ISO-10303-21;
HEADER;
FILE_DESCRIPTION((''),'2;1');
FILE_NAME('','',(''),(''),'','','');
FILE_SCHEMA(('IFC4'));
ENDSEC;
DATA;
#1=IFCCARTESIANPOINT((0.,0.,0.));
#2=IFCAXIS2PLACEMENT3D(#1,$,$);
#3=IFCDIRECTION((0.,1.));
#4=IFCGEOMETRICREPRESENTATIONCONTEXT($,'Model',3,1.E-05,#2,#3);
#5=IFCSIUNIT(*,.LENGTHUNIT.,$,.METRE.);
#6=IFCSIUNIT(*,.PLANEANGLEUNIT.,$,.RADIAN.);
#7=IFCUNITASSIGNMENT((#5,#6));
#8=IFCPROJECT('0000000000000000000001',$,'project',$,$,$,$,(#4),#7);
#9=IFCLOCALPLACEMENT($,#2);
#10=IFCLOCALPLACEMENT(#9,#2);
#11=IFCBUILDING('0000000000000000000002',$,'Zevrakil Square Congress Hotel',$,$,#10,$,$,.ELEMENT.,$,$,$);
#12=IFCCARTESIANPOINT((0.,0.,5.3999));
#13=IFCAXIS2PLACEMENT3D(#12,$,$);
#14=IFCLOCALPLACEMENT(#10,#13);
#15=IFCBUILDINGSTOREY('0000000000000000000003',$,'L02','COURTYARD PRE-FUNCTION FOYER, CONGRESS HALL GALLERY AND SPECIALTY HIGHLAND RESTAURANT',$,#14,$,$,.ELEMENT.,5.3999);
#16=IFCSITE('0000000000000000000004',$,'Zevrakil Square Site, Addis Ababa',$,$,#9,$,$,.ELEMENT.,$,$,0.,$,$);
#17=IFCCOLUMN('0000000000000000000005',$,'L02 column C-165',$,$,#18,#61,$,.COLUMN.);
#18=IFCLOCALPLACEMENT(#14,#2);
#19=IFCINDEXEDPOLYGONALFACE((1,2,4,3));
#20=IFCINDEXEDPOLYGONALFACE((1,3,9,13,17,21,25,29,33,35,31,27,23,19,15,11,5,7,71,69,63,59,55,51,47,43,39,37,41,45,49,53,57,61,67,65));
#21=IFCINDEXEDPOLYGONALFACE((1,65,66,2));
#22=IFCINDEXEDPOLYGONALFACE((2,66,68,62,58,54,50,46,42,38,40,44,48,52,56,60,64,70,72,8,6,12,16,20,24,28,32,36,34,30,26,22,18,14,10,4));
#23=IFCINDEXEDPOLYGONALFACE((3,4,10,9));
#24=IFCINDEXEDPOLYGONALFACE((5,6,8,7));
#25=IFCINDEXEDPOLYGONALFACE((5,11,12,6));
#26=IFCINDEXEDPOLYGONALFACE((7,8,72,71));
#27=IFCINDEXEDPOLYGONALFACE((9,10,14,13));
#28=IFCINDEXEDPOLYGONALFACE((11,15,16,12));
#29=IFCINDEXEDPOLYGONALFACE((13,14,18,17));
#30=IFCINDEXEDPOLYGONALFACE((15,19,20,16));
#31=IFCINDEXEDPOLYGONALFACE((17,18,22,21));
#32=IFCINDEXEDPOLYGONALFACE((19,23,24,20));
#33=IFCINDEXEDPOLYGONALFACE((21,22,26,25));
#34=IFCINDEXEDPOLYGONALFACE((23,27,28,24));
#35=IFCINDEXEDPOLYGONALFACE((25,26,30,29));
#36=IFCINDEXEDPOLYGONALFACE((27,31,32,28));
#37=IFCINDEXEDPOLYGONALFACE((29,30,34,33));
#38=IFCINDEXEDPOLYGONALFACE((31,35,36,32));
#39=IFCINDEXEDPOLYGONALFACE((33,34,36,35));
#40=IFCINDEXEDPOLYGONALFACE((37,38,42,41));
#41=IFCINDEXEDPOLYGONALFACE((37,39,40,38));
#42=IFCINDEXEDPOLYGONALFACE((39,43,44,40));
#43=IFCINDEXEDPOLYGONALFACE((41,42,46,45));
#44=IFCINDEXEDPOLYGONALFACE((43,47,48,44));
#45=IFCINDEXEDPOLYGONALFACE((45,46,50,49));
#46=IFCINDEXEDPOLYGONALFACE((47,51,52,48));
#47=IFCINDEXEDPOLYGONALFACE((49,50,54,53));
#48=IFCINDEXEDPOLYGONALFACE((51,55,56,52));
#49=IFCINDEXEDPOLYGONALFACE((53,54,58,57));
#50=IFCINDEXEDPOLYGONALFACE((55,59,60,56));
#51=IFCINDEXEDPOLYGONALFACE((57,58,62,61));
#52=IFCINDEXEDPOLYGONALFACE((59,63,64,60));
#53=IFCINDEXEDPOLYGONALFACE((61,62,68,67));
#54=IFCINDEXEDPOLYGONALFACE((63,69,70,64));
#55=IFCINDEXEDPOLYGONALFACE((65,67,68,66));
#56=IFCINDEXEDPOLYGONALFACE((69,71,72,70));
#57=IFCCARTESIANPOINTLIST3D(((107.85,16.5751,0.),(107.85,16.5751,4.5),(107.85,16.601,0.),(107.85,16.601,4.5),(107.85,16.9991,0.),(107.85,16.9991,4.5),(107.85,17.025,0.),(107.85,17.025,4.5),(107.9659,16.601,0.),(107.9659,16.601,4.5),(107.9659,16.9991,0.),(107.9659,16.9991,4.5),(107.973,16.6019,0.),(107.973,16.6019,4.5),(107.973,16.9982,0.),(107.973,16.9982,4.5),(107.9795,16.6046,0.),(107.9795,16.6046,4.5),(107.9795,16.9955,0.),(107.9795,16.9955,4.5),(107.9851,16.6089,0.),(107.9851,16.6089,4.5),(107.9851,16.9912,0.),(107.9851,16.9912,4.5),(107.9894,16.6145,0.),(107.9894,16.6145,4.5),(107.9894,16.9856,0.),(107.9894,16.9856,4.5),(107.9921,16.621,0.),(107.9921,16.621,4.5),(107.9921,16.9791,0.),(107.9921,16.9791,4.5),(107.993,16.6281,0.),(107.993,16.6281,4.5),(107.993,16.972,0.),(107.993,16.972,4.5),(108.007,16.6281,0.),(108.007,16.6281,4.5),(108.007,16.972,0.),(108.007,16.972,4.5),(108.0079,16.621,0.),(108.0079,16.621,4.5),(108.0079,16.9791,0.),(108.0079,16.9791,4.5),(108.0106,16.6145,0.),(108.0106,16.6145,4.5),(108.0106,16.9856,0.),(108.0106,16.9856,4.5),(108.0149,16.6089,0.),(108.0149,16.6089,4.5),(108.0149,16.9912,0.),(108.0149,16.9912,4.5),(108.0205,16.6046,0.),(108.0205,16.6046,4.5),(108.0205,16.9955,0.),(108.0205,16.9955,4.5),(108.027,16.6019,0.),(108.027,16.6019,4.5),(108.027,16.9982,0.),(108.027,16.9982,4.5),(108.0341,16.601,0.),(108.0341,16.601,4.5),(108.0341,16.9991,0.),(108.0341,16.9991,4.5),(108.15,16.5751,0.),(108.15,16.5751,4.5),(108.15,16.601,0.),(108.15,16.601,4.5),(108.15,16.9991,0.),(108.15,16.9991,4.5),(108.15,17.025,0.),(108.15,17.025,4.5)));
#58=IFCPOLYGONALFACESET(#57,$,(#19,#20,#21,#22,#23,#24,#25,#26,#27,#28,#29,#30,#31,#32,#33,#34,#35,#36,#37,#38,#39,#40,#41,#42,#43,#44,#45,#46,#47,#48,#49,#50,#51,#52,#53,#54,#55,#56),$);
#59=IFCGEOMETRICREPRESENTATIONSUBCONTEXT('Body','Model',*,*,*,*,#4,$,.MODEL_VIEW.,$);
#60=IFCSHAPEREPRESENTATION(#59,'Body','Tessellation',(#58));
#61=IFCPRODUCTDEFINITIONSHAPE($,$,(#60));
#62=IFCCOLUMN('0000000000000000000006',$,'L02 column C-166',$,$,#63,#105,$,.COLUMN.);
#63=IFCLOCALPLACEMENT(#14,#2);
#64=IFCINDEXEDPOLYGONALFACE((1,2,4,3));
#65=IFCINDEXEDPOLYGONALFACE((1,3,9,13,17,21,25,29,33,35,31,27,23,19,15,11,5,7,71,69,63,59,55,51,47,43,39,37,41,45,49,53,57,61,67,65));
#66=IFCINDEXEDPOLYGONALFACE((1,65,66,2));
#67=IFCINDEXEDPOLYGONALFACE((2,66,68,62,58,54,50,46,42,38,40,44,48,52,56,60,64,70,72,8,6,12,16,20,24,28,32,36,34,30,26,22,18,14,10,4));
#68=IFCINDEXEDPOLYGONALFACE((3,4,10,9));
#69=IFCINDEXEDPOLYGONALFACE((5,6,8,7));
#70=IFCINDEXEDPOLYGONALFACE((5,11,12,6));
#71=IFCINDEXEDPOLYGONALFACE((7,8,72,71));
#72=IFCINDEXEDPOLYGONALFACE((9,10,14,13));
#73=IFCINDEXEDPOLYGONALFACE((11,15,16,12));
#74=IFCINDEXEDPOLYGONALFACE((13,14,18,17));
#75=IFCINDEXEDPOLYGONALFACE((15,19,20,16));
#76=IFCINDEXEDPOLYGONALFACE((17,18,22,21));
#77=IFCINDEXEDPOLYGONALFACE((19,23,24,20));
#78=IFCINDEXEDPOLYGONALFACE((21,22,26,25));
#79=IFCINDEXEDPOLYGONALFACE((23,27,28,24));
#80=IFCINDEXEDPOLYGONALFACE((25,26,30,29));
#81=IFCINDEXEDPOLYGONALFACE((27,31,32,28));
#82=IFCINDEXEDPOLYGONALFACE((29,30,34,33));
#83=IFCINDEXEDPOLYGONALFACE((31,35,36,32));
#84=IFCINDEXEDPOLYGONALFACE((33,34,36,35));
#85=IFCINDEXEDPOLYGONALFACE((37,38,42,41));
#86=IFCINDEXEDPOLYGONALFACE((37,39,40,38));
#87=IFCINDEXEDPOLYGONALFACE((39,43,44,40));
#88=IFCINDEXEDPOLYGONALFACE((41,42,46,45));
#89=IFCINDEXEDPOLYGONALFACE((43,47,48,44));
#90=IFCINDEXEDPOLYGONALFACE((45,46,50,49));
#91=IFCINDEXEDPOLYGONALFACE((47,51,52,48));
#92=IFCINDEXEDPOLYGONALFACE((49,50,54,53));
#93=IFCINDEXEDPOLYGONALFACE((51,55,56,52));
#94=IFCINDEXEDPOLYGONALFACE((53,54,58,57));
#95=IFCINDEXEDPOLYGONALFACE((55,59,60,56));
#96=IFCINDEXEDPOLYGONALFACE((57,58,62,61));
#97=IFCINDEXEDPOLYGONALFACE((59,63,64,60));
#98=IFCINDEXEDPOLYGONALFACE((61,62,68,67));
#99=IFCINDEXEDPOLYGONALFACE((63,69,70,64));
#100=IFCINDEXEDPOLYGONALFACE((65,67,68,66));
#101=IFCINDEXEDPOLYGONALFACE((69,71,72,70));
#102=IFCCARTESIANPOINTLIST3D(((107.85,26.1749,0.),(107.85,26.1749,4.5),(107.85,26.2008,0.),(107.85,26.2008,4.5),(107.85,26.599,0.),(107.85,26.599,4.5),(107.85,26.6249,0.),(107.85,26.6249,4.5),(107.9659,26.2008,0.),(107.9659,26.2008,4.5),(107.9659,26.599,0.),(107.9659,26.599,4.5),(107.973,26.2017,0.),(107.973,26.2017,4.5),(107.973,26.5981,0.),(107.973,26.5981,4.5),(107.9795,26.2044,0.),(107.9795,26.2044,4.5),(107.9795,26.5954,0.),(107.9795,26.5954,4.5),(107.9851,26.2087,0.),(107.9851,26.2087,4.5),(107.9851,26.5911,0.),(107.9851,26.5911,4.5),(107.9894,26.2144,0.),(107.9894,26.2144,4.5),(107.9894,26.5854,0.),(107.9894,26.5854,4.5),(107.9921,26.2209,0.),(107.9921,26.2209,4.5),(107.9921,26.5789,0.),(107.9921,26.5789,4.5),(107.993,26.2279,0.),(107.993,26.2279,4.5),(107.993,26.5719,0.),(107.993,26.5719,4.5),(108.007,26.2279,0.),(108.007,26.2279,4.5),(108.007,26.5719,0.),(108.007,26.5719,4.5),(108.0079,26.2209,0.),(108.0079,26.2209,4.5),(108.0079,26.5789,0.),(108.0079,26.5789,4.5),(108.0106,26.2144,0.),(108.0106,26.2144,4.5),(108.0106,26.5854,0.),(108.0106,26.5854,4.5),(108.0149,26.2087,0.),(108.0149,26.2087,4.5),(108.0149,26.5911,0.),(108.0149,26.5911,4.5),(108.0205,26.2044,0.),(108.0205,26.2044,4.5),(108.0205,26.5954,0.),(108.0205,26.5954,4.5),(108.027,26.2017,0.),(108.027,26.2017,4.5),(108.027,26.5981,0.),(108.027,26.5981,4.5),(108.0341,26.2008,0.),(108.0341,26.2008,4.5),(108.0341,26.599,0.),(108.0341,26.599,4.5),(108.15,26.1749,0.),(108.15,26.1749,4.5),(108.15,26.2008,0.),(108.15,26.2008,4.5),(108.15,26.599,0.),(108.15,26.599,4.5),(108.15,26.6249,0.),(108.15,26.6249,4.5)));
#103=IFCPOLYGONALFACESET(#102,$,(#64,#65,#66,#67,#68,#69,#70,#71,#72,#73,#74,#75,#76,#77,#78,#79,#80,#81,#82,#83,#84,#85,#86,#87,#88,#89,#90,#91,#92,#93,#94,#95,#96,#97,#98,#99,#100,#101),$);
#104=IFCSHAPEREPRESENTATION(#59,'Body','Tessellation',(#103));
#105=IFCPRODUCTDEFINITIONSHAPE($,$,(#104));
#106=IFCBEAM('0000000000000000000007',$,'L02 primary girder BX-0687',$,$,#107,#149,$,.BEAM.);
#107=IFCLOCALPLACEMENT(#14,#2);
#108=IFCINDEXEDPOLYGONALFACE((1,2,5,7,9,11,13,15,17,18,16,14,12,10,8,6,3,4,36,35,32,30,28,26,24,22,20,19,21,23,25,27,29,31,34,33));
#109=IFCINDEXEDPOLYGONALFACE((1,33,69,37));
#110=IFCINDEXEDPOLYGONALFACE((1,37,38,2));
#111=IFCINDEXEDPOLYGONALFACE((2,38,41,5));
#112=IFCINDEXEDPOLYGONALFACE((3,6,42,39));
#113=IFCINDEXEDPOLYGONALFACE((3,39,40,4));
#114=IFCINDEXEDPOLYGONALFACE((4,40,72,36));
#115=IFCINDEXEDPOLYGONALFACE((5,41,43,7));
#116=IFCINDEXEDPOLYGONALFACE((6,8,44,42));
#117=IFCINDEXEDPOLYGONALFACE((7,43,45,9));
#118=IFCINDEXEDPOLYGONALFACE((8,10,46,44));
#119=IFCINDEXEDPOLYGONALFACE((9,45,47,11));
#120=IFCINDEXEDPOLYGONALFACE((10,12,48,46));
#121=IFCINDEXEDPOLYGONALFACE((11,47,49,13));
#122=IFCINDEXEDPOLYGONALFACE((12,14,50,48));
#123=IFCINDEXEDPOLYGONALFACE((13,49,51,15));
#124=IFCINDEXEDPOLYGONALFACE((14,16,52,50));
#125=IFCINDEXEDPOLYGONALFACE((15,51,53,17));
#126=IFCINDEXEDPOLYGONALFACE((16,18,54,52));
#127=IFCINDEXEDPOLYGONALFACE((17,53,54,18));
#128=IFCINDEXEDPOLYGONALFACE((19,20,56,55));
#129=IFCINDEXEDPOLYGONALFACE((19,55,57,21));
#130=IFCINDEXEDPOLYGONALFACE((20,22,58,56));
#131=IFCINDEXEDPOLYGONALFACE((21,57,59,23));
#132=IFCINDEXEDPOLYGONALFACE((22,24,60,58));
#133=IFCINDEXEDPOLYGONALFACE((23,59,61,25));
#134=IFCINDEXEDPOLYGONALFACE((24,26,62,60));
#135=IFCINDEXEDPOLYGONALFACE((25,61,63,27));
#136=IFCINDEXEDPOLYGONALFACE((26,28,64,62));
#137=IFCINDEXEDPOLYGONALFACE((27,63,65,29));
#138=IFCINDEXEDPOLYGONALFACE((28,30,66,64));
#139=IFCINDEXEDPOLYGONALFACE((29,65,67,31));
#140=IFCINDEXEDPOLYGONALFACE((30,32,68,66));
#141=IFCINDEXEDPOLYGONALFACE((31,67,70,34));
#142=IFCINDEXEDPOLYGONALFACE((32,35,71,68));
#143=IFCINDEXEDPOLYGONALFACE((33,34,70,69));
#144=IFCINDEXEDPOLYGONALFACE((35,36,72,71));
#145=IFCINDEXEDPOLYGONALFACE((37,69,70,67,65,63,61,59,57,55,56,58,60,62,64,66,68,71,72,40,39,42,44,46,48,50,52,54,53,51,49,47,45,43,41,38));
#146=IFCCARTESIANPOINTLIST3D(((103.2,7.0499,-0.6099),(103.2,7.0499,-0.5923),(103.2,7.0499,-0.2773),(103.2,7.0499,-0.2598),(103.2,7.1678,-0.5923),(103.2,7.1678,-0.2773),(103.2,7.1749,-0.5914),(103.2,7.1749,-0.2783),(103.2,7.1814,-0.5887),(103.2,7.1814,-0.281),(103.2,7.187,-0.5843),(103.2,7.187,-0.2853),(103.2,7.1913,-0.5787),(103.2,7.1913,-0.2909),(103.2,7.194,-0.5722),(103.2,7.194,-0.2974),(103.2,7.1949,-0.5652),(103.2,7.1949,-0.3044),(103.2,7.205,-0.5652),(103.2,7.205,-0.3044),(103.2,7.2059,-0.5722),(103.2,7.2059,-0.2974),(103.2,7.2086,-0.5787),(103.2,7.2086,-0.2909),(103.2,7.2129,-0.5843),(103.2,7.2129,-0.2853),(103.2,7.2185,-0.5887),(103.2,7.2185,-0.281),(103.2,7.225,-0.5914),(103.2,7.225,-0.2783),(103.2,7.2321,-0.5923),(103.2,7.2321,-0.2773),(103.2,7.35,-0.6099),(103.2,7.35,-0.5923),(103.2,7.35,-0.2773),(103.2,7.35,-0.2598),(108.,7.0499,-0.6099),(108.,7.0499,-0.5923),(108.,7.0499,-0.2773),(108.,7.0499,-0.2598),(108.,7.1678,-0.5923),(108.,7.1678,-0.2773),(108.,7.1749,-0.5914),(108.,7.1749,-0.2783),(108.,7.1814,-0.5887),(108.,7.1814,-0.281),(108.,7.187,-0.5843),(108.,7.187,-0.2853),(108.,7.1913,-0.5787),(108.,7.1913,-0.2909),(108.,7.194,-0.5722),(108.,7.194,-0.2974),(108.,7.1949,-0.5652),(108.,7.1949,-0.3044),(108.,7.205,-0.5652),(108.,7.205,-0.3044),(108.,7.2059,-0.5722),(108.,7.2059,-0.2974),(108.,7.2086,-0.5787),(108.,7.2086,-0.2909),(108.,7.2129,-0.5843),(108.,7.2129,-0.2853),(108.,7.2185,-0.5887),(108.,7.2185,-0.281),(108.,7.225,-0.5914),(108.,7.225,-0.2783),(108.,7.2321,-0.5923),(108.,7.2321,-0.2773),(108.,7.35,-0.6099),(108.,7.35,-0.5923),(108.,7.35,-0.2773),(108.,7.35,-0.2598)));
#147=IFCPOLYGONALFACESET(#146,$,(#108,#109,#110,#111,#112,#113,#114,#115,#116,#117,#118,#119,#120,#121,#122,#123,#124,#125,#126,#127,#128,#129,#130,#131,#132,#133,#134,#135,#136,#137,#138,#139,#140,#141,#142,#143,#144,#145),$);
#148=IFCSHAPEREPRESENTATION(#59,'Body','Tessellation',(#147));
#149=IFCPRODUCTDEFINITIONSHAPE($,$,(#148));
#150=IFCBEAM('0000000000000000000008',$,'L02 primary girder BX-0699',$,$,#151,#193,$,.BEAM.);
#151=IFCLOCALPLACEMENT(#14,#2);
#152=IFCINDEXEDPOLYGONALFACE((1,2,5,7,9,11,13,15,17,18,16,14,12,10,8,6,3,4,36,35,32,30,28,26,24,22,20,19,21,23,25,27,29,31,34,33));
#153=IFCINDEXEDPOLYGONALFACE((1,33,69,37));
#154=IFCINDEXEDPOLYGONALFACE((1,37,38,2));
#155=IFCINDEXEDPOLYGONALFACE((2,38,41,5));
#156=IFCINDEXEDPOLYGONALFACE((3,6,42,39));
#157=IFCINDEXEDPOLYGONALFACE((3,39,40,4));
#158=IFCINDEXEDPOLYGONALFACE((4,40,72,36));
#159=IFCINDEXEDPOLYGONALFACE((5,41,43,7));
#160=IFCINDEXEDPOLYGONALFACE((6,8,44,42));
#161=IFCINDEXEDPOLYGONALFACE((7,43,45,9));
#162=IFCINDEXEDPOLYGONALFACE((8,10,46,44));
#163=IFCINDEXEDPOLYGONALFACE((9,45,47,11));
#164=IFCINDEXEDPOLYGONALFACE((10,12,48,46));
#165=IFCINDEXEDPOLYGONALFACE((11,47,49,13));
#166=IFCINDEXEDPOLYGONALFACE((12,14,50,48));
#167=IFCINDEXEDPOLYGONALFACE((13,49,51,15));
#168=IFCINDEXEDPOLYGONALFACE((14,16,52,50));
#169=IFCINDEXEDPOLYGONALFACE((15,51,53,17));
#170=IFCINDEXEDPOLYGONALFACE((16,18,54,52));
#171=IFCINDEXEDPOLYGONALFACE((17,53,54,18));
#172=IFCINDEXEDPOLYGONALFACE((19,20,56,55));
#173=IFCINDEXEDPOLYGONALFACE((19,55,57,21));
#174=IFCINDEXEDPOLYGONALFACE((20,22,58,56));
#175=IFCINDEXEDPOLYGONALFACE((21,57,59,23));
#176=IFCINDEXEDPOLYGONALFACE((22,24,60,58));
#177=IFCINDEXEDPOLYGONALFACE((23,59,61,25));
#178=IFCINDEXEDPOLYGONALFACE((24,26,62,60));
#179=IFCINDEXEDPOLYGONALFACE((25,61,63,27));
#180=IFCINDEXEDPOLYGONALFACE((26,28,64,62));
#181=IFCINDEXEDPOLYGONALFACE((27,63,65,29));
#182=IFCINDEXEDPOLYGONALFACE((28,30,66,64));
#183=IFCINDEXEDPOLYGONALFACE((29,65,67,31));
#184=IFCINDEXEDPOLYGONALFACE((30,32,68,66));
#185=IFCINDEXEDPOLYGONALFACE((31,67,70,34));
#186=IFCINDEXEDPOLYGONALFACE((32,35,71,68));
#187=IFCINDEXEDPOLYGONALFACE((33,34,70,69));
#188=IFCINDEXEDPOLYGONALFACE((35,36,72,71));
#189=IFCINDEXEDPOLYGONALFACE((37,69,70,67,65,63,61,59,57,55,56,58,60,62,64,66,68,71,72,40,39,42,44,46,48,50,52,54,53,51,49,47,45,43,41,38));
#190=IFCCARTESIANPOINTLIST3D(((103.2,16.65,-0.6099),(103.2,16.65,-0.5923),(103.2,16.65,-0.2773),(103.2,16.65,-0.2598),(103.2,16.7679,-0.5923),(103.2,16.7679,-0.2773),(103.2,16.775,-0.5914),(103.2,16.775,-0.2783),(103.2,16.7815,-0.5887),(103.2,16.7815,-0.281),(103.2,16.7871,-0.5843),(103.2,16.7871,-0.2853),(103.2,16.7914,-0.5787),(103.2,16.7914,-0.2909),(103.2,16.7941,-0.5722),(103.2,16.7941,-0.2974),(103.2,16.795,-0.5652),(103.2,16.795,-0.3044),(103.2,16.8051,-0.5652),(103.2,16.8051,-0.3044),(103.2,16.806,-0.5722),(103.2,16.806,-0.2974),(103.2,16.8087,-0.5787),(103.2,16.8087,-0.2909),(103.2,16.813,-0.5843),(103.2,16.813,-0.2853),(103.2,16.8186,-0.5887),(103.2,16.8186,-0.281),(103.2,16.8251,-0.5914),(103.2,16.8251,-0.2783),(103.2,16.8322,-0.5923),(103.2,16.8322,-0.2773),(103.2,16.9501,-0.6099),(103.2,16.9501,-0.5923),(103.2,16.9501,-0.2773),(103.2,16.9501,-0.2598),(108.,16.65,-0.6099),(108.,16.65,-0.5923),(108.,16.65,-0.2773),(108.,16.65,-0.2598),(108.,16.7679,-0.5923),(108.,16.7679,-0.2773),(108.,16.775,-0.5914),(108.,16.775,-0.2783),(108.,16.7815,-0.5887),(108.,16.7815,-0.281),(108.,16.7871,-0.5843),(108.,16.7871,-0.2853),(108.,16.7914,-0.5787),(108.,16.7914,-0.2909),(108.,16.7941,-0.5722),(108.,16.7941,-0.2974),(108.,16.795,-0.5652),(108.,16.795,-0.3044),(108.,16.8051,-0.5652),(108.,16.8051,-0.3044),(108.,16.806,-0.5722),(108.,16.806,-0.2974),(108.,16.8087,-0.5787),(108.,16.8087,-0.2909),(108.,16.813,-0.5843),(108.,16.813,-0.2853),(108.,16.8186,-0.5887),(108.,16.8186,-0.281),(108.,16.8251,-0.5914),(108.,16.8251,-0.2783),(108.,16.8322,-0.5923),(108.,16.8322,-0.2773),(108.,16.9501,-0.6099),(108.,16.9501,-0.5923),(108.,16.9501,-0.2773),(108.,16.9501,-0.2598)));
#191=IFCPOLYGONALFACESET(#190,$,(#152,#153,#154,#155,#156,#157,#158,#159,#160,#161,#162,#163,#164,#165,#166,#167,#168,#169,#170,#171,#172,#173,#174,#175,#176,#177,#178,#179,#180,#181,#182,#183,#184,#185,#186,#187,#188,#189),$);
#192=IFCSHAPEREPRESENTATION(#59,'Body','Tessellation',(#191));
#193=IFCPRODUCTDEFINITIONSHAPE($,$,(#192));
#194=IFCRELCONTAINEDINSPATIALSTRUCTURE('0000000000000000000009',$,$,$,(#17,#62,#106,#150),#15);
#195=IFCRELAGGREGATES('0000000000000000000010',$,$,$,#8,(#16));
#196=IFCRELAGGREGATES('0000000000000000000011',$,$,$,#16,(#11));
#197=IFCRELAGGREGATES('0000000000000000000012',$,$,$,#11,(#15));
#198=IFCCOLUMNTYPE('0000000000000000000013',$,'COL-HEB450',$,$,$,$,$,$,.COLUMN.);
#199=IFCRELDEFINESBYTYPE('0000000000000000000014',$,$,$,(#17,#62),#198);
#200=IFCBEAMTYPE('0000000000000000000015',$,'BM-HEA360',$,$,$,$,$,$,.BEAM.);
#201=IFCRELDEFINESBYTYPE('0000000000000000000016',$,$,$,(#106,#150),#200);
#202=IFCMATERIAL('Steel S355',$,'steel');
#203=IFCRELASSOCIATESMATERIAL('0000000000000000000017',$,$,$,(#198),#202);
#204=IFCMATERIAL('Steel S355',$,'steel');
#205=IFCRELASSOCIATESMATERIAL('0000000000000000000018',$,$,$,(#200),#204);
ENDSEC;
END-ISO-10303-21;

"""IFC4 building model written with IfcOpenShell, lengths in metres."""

from ifc_helpers import new_model, si_unit, direction, frame, origin, origin_2d, place, context, subcontext, project, spatial, i_section, extrude, material, material_profile, profile_set, type_object, element, save


model = new_model("IFC4")

# Units and contexts
model_context = context("Model", 3, precision=1e-05, world=origin(), true_north=direction((0.0, 1.0)))
body_context = subcontext(model_context, "Body", "Model", "MODEL_VIEW")
ifc_project = project(units=[si_unit("LENGTHUNIT", "METRE"), si_unit("PLANEANGLEUNIT", "RADIAN")], contexts=[model_context])

# Site, building, storey
site_placement = place(None, origin())
site = spatial("IfcSite", under=ifc_project, at=site_placement, Name="Zevrakil Square Site, Addis Ababa", CompositionType="ELEMENT", RefElevation=0.0)
building_placement = place(site_placement, origin())
building = spatial("IfcBuilding", under=site, at=building_placement, Name="Zevrakil Square Congress Hotel", CompositionType="ELEMENT")
storey_placement = place(building_placement, frame((0.0, 0.0, 5.3999)))
storey = spatial("IfcBuildingStorey", under=building, at=storey_placement, Name="L02", Description="COURTYARD PRE-FUNCTION FOYER, CONGRESS HALL GALLERY AND SPECIALTY HIGHLAND RESTAURANT", CompositionType="ELEMENT", Elevation=5.3999)

# Columns
ifc_material_1 = material(Name="Steel S355", Category="steel")
ifc_material_profile_1 = material_profile(ifc_material_1, i_section(OverallWidth=0.3, OverallDepth=0.45, WebThickness=0.0139, FlangeThickness=0.0259, FilletRadius=0.0271, at=origin_2d()), Name="HEB 450")
ifc_profile_set_1 = profile_set([ifc_material_profile_1], Name="Steel S355")
column_type = type_object("IfcColumnType", Name="COL-HEB450", PredefinedType="COLUMN", material=ifc_profile_set_1)
for number, where, z_axis, x_axis, name in (
    (1, (108.0, 16.8, 0.0), (0.0, 0.0, 1.0), (1.0, 0.0, 0.0), "L02 column C-165"),
    (2, (108.0, 26.3999, 0.0), (0.0, 0.0, 1.0), (1.0, 0.0, 0.0), "L02 column C-166"),
):
    element("IfcColumn", number, at=place(storey_placement, frame(where, z_axis=z_axis, x_axis=x_axis)), inside=storey, type_object=column_type, Name=name, PredefinedType="COLUMN", context=body_context, shape_type="SweptSolid", body=[
        extrude(i_section(OverallWidth=0.3, OverallDepth=0.45, WebThickness=0.0139, FlangeThickness=0.0259, FilletRadius=0.0271, at=origin_2d()), origin(), (0.0, 0.0, 1.0), 4.5),
    ])

# Beams
ifc_material_2 = material(Name="Steel S355", Category="steel")
ifc_material_profile_2 = material_profile(ifc_material_2, i_section(OverallWidth=0.3, OverallDepth=0.3501, WebThickness=0.01, FlangeThickness=0.0176, FilletRadius=0.0271, at=origin_2d()), Name="HEA 360")
ifc_profile_set_2 = profile_set([ifc_material_profile_2], Name="Steel S355")
beam_type_1 = type_object("IfcBeamType", Name="BM-HEA360", PredefinedType="BEAM", material=ifc_profile_set_2)
for number, where, z_axis, x_axis, name in (
    (3, (103.2, 7.2, -0.4348), (1.0, 0.0, 0.0), (0.0, 1.0, 0.0), "L02 primary girder BX-0687"),
    (4, (103.2, 16.8, -0.4348), (1.0, 0.0, 0.0), (0.0, 1.0, 0.0), "L02 primary girder BX-0699"),
):
    element("IfcBeam", number, at=place(storey_placement, frame(where, z_axis=z_axis, x_axis=x_axis)), inside=storey, type_object=beam_type_1, Name=name, PredefinedType="BEAM", context=body_context, shape_type="SweptSolid", body=[
        extrude(i_section(OverallWidth=0.3, OverallDepth=0.3501, WebThickness=0.01, FlangeThickness=0.0176, FilletRadius=0.0271, at=origin_2d()), origin(), (0.0, 0.0, 1.0), 4.8),
    ])

save(model, "model.ifc")
